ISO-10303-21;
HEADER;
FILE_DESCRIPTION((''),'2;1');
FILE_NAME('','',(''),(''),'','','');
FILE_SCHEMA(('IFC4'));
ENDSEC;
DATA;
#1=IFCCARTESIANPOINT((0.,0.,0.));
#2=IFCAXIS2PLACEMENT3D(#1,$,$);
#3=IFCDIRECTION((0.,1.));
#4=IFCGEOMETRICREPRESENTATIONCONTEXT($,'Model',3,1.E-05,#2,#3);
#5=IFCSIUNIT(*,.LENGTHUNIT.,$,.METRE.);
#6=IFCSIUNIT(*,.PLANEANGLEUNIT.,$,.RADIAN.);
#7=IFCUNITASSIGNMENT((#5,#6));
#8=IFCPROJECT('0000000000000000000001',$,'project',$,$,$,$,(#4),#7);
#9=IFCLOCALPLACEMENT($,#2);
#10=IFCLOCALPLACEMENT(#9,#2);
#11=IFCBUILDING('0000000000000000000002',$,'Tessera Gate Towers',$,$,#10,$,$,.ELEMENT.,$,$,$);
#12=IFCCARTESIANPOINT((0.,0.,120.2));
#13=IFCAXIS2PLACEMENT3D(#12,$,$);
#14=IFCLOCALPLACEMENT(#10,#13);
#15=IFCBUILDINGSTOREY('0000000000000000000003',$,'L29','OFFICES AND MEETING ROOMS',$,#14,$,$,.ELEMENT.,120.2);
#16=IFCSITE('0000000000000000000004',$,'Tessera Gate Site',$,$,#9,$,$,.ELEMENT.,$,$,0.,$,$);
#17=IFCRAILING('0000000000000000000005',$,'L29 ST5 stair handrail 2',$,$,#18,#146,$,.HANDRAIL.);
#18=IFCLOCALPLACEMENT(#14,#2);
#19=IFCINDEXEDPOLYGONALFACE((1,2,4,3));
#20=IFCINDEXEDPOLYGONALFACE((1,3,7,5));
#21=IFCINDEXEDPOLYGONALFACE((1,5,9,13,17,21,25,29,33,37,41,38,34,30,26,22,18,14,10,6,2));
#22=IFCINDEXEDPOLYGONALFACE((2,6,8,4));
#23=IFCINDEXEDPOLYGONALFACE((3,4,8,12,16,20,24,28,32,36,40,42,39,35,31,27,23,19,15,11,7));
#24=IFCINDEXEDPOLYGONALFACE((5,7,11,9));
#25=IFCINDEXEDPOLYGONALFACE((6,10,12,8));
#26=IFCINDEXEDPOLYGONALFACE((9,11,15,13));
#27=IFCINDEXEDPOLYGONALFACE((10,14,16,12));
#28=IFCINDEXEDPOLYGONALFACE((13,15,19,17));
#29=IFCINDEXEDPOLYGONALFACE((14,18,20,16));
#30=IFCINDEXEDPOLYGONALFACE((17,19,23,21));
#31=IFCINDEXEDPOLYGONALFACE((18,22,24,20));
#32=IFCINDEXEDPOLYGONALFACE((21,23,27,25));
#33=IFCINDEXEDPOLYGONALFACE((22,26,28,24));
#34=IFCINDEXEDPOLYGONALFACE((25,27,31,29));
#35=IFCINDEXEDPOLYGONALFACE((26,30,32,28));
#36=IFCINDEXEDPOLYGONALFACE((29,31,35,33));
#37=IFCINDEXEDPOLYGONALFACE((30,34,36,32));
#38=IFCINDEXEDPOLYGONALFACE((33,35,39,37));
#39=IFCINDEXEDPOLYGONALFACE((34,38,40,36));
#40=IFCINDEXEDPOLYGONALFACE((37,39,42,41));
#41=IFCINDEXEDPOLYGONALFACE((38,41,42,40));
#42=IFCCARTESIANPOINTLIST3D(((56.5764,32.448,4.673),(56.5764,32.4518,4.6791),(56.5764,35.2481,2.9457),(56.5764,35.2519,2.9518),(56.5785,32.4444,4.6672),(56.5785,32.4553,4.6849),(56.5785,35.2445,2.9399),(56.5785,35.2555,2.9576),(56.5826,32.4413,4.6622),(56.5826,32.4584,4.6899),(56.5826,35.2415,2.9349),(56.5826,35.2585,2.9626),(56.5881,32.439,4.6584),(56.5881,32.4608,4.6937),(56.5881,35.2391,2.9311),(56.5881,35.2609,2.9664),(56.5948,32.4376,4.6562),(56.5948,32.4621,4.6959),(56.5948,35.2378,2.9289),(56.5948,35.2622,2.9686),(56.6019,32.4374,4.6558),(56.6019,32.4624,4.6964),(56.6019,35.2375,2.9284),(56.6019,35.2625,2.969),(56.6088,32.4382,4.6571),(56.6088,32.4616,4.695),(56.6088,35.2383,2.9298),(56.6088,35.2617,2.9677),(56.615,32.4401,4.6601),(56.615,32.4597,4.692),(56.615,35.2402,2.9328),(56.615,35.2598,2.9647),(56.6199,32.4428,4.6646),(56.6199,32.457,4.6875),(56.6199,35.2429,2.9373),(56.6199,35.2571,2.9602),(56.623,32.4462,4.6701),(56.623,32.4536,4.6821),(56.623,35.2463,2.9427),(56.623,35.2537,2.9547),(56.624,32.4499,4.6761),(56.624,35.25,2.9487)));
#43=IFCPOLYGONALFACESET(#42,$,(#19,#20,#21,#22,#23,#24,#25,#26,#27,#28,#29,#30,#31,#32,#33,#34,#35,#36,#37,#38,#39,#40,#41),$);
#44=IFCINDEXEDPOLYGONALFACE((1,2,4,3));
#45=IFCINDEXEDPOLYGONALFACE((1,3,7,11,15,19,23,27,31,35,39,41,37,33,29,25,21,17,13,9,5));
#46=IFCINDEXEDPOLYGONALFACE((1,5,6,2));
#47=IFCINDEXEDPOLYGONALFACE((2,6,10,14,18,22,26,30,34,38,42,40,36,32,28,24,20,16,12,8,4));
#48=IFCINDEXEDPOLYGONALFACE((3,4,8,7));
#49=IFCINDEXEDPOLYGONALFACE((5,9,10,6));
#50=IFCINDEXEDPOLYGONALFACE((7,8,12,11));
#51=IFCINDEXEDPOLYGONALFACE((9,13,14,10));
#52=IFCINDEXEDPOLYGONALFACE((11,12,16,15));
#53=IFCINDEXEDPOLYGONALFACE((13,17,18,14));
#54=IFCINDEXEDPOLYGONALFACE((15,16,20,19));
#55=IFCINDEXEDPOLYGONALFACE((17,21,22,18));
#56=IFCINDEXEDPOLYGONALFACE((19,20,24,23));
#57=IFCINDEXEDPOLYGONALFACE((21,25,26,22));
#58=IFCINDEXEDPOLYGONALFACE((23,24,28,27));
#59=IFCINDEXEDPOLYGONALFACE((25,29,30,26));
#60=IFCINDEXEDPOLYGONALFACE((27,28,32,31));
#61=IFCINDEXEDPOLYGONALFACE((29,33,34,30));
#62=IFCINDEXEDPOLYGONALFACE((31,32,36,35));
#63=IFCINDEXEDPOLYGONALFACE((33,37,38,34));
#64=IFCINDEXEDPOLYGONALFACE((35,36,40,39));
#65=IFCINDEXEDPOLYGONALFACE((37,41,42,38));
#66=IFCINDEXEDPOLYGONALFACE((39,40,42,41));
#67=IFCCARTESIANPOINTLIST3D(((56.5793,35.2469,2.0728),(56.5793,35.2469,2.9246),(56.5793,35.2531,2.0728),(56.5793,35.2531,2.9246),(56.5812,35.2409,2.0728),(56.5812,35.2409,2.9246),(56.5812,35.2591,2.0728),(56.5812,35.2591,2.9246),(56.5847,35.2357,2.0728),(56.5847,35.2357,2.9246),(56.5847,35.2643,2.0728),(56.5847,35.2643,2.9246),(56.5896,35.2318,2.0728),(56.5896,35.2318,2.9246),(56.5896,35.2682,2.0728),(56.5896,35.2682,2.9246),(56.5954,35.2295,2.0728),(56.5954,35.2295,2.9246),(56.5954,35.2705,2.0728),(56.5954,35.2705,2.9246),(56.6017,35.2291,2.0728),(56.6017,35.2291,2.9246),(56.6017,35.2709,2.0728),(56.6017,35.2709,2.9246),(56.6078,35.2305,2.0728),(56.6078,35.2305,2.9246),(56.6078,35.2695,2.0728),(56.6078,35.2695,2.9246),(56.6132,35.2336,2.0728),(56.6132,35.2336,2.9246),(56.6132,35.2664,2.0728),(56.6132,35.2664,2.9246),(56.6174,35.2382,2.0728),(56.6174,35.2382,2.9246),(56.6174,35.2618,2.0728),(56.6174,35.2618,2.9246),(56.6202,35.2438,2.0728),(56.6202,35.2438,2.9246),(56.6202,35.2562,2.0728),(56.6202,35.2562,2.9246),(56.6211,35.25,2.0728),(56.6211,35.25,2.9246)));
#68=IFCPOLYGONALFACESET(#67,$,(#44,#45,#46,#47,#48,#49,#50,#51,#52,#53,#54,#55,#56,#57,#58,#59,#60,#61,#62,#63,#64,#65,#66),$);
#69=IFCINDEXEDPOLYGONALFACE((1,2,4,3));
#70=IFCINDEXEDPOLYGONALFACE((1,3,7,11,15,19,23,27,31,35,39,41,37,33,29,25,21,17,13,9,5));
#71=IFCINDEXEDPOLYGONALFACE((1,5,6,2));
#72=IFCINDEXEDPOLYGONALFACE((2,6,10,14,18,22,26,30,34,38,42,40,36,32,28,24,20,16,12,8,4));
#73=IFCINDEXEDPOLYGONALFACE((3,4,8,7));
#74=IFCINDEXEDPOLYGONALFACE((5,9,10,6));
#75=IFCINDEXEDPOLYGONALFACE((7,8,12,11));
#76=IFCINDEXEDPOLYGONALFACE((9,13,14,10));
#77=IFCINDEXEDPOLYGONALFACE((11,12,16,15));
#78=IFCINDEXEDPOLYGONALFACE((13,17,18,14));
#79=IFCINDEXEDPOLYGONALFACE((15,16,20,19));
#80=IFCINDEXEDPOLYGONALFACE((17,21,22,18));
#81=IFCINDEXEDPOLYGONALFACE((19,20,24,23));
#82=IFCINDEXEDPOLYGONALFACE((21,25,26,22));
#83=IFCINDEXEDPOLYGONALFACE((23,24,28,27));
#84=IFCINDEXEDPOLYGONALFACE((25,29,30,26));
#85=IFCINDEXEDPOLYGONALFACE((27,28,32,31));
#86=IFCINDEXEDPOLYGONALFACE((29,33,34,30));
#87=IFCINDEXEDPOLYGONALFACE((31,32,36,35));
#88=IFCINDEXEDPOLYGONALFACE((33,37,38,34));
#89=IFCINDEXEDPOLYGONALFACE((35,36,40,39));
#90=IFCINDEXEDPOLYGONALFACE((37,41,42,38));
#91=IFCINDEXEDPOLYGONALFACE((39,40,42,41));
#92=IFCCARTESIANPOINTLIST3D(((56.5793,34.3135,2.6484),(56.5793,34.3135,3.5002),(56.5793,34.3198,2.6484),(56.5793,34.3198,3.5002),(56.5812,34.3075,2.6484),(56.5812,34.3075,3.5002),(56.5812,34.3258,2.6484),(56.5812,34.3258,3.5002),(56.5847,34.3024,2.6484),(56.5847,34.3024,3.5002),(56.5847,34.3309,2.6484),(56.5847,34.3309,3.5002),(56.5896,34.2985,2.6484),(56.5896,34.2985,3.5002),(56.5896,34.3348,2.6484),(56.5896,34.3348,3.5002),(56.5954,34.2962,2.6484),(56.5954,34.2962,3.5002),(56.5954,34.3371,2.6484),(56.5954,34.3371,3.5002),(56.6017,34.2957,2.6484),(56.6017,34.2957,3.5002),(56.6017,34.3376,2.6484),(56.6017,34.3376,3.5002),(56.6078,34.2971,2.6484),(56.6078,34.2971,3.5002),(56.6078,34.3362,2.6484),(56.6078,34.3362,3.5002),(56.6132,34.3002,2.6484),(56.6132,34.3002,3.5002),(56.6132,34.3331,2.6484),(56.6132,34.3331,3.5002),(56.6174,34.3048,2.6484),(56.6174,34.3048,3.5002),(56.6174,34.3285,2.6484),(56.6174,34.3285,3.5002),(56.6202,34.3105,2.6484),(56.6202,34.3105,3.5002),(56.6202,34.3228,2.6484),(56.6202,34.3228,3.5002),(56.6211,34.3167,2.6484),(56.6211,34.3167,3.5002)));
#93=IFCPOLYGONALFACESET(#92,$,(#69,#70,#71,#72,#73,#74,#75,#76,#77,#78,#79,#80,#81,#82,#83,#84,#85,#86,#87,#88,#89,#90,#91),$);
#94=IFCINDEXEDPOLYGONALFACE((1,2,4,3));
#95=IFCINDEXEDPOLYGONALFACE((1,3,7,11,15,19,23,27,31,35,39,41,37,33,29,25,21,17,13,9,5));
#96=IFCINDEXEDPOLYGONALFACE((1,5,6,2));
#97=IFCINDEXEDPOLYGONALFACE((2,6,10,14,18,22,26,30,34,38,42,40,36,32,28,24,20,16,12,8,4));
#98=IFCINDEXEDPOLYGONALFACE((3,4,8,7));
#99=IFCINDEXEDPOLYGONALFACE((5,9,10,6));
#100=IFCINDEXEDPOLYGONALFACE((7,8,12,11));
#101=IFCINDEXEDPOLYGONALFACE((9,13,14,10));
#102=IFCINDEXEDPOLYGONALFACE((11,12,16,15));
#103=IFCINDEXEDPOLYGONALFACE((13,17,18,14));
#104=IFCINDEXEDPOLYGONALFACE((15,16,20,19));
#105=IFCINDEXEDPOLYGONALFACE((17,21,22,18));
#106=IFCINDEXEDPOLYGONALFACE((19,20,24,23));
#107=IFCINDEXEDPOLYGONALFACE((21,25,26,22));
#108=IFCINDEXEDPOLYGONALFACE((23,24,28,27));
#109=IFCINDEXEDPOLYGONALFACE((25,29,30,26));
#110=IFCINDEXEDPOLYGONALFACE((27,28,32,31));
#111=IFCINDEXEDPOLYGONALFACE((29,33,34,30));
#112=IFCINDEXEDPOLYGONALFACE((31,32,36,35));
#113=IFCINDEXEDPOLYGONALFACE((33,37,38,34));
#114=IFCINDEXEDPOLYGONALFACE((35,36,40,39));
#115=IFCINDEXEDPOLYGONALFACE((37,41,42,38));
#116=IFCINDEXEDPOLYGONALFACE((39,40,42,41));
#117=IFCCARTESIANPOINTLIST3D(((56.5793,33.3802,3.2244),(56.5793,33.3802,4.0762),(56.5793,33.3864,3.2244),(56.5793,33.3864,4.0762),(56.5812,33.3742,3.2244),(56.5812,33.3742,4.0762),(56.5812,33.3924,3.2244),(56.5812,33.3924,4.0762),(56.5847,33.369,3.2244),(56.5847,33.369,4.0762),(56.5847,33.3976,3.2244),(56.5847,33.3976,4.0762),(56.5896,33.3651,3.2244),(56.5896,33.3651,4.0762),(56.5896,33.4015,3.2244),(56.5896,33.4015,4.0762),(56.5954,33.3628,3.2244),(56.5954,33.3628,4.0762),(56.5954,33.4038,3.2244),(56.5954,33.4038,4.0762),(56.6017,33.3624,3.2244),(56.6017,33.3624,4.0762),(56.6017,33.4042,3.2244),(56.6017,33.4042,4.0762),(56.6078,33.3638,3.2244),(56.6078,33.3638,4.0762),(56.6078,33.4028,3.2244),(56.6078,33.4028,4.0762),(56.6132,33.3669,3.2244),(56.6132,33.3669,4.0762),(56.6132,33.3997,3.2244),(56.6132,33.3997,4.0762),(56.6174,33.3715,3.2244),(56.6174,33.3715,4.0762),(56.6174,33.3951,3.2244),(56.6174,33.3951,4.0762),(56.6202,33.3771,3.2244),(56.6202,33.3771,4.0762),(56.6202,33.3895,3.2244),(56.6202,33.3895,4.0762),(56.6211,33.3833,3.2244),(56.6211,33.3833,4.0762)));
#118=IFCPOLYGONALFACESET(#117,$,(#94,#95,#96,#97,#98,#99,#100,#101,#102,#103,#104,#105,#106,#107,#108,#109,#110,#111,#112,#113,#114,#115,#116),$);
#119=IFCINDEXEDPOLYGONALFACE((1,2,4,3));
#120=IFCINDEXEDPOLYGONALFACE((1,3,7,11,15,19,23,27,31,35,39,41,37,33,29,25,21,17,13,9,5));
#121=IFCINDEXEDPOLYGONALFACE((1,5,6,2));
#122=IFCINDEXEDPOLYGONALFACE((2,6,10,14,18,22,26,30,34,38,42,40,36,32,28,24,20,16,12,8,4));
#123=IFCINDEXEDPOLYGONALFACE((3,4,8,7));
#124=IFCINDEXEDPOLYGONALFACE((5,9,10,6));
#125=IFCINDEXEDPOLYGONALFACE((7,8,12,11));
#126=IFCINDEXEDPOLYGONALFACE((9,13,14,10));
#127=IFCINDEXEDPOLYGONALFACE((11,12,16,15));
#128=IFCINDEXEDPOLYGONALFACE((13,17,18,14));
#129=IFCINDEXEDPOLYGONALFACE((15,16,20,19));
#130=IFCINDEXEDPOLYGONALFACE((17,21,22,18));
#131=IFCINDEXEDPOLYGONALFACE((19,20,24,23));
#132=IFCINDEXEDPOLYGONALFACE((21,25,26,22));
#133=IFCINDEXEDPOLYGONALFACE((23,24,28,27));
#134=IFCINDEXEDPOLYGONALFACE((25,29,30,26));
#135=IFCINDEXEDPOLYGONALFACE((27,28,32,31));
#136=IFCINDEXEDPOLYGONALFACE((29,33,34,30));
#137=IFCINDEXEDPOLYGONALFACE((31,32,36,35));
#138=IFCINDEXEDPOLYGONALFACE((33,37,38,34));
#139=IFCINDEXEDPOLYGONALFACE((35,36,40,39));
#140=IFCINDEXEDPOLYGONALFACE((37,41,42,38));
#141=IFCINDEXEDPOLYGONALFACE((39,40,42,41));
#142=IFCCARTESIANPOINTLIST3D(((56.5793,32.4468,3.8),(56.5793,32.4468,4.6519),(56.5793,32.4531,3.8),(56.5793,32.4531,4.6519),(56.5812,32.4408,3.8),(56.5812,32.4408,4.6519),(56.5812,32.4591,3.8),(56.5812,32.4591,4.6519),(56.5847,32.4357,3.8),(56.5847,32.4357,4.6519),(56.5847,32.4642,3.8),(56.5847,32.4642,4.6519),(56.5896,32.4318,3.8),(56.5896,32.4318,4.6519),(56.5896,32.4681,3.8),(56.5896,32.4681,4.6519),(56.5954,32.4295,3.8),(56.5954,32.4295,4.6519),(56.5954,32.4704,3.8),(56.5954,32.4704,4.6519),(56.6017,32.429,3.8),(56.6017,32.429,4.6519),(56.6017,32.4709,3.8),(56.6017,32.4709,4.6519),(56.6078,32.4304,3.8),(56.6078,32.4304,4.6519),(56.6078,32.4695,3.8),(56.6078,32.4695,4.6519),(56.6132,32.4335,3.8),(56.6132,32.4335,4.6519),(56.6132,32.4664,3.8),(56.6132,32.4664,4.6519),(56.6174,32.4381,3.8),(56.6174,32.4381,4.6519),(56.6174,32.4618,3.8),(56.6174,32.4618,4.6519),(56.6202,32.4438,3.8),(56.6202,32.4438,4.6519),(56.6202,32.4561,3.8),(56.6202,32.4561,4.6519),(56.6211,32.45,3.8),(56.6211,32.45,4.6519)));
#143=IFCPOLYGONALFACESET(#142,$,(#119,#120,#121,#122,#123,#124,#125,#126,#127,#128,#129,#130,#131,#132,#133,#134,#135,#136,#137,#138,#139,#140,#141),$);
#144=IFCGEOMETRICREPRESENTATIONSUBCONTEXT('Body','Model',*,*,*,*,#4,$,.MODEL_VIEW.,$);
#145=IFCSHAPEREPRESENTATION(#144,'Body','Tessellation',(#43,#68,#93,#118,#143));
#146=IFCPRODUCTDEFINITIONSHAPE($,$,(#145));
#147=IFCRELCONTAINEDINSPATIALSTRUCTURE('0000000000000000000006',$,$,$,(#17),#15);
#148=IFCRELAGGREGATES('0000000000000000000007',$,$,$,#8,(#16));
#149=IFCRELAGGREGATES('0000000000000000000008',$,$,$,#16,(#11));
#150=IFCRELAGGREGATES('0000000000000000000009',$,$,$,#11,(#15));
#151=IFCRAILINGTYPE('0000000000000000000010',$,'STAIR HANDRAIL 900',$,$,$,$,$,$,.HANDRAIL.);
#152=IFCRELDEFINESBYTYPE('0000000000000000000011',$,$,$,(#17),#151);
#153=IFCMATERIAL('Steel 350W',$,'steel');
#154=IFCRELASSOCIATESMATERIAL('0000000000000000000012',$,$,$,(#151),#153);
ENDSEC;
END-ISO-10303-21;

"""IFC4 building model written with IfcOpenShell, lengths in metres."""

from ifc_helpers import new_model, si_unit, direction, frame, origin, origin_2d, place, context, subcontext, project, spatial, circle, extrude, material, type_object, element, save


model = new_model("IFC4")

# Units and contexts
model_context = context("Model", 3, precision=1e-05, world=origin(), true_north=direction((0.0, 1.0)))
body_context = subcontext(model_context, "Body", "Model", "MODEL_VIEW")
ifc_project = project(units=[si_unit("LENGTHUNIT", "METRE"), si_unit("PLANEANGLEUNIT", "RADIAN")], contexts=[model_context])

# Site, building, storey
site_placement = place(None, origin())
site = spatial("IfcSite", under=ifc_project, at=site_placement, Name="Tessera Gate Site", CompositionType="ELEMENT", RefElevation=0.0)
building_placement = place(site_placement, origin())
building = spatial("IfcBuilding", under=site, at=building_placement, Name="Tessera Gate Towers", CompositionType="ELEMENT")
storey_placement = place(building_placement, frame((0.0, 0.0, 120.2)))
storey = spatial("IfcBuildingStorey", under=building, at=storey_placement, Name="L29", Description="OFFICES AND MEETING ROOMS", CompositionType="ELEMENT", Elevation=120.2)

# Railing
ifc_material_1 = material(Name="Steel 350W", Category="steel")
railing_type_1 = type_object("IfcRailingType", Name="STAIR HANDRAIL 900", PredefinedType="HANDRAIL", material=ifc_material_1)
railing_1_placement = place(storey_placement, frame((56.6001, 35.25, 2.0728)))
element("IfcRailing", 1, at=railing_1_placement, inside=storey, type_object=railing_type_1, Name="L29 ST5 stair handrail 2", PredefinedType="HANDRAIL", context=body_context, shape_type="SweptSolid", body=[
    extrude(circle(Radius=0.0239, at=origin_2d()), frame((0.0, 0.0, 0.876), z_axis=(0.0, -0.85109, 0.52502), x_axis=(1.0, 0.0, 0.0)), (0.0, 0.0, 1.0), 3.29),
    extrude(circle(Radius=0.021, at=origin_2d()), origin(), (0.0, 0.0, 1.0), 0.8518),
    extrude(circle(Radius=0.021, at=origin_2d()), frame((0.0, -0.9333, 0.5757)), (0.0, 0.0, 1.0), 0.8518),
    extrude(circle(Radius=0.021, at=origin_2d()), frame((0.0, -1.8667, 1.1516)), (0.0, 0.0, 1.0), 0.8518),
    extrude(circle(Radius=0.021, at=origin_2d()), frame((0.0, -2.8, 1.7273)), (0.0, 0.0, 1.0), 0.8518),
])

save(model, "model.ifc")
